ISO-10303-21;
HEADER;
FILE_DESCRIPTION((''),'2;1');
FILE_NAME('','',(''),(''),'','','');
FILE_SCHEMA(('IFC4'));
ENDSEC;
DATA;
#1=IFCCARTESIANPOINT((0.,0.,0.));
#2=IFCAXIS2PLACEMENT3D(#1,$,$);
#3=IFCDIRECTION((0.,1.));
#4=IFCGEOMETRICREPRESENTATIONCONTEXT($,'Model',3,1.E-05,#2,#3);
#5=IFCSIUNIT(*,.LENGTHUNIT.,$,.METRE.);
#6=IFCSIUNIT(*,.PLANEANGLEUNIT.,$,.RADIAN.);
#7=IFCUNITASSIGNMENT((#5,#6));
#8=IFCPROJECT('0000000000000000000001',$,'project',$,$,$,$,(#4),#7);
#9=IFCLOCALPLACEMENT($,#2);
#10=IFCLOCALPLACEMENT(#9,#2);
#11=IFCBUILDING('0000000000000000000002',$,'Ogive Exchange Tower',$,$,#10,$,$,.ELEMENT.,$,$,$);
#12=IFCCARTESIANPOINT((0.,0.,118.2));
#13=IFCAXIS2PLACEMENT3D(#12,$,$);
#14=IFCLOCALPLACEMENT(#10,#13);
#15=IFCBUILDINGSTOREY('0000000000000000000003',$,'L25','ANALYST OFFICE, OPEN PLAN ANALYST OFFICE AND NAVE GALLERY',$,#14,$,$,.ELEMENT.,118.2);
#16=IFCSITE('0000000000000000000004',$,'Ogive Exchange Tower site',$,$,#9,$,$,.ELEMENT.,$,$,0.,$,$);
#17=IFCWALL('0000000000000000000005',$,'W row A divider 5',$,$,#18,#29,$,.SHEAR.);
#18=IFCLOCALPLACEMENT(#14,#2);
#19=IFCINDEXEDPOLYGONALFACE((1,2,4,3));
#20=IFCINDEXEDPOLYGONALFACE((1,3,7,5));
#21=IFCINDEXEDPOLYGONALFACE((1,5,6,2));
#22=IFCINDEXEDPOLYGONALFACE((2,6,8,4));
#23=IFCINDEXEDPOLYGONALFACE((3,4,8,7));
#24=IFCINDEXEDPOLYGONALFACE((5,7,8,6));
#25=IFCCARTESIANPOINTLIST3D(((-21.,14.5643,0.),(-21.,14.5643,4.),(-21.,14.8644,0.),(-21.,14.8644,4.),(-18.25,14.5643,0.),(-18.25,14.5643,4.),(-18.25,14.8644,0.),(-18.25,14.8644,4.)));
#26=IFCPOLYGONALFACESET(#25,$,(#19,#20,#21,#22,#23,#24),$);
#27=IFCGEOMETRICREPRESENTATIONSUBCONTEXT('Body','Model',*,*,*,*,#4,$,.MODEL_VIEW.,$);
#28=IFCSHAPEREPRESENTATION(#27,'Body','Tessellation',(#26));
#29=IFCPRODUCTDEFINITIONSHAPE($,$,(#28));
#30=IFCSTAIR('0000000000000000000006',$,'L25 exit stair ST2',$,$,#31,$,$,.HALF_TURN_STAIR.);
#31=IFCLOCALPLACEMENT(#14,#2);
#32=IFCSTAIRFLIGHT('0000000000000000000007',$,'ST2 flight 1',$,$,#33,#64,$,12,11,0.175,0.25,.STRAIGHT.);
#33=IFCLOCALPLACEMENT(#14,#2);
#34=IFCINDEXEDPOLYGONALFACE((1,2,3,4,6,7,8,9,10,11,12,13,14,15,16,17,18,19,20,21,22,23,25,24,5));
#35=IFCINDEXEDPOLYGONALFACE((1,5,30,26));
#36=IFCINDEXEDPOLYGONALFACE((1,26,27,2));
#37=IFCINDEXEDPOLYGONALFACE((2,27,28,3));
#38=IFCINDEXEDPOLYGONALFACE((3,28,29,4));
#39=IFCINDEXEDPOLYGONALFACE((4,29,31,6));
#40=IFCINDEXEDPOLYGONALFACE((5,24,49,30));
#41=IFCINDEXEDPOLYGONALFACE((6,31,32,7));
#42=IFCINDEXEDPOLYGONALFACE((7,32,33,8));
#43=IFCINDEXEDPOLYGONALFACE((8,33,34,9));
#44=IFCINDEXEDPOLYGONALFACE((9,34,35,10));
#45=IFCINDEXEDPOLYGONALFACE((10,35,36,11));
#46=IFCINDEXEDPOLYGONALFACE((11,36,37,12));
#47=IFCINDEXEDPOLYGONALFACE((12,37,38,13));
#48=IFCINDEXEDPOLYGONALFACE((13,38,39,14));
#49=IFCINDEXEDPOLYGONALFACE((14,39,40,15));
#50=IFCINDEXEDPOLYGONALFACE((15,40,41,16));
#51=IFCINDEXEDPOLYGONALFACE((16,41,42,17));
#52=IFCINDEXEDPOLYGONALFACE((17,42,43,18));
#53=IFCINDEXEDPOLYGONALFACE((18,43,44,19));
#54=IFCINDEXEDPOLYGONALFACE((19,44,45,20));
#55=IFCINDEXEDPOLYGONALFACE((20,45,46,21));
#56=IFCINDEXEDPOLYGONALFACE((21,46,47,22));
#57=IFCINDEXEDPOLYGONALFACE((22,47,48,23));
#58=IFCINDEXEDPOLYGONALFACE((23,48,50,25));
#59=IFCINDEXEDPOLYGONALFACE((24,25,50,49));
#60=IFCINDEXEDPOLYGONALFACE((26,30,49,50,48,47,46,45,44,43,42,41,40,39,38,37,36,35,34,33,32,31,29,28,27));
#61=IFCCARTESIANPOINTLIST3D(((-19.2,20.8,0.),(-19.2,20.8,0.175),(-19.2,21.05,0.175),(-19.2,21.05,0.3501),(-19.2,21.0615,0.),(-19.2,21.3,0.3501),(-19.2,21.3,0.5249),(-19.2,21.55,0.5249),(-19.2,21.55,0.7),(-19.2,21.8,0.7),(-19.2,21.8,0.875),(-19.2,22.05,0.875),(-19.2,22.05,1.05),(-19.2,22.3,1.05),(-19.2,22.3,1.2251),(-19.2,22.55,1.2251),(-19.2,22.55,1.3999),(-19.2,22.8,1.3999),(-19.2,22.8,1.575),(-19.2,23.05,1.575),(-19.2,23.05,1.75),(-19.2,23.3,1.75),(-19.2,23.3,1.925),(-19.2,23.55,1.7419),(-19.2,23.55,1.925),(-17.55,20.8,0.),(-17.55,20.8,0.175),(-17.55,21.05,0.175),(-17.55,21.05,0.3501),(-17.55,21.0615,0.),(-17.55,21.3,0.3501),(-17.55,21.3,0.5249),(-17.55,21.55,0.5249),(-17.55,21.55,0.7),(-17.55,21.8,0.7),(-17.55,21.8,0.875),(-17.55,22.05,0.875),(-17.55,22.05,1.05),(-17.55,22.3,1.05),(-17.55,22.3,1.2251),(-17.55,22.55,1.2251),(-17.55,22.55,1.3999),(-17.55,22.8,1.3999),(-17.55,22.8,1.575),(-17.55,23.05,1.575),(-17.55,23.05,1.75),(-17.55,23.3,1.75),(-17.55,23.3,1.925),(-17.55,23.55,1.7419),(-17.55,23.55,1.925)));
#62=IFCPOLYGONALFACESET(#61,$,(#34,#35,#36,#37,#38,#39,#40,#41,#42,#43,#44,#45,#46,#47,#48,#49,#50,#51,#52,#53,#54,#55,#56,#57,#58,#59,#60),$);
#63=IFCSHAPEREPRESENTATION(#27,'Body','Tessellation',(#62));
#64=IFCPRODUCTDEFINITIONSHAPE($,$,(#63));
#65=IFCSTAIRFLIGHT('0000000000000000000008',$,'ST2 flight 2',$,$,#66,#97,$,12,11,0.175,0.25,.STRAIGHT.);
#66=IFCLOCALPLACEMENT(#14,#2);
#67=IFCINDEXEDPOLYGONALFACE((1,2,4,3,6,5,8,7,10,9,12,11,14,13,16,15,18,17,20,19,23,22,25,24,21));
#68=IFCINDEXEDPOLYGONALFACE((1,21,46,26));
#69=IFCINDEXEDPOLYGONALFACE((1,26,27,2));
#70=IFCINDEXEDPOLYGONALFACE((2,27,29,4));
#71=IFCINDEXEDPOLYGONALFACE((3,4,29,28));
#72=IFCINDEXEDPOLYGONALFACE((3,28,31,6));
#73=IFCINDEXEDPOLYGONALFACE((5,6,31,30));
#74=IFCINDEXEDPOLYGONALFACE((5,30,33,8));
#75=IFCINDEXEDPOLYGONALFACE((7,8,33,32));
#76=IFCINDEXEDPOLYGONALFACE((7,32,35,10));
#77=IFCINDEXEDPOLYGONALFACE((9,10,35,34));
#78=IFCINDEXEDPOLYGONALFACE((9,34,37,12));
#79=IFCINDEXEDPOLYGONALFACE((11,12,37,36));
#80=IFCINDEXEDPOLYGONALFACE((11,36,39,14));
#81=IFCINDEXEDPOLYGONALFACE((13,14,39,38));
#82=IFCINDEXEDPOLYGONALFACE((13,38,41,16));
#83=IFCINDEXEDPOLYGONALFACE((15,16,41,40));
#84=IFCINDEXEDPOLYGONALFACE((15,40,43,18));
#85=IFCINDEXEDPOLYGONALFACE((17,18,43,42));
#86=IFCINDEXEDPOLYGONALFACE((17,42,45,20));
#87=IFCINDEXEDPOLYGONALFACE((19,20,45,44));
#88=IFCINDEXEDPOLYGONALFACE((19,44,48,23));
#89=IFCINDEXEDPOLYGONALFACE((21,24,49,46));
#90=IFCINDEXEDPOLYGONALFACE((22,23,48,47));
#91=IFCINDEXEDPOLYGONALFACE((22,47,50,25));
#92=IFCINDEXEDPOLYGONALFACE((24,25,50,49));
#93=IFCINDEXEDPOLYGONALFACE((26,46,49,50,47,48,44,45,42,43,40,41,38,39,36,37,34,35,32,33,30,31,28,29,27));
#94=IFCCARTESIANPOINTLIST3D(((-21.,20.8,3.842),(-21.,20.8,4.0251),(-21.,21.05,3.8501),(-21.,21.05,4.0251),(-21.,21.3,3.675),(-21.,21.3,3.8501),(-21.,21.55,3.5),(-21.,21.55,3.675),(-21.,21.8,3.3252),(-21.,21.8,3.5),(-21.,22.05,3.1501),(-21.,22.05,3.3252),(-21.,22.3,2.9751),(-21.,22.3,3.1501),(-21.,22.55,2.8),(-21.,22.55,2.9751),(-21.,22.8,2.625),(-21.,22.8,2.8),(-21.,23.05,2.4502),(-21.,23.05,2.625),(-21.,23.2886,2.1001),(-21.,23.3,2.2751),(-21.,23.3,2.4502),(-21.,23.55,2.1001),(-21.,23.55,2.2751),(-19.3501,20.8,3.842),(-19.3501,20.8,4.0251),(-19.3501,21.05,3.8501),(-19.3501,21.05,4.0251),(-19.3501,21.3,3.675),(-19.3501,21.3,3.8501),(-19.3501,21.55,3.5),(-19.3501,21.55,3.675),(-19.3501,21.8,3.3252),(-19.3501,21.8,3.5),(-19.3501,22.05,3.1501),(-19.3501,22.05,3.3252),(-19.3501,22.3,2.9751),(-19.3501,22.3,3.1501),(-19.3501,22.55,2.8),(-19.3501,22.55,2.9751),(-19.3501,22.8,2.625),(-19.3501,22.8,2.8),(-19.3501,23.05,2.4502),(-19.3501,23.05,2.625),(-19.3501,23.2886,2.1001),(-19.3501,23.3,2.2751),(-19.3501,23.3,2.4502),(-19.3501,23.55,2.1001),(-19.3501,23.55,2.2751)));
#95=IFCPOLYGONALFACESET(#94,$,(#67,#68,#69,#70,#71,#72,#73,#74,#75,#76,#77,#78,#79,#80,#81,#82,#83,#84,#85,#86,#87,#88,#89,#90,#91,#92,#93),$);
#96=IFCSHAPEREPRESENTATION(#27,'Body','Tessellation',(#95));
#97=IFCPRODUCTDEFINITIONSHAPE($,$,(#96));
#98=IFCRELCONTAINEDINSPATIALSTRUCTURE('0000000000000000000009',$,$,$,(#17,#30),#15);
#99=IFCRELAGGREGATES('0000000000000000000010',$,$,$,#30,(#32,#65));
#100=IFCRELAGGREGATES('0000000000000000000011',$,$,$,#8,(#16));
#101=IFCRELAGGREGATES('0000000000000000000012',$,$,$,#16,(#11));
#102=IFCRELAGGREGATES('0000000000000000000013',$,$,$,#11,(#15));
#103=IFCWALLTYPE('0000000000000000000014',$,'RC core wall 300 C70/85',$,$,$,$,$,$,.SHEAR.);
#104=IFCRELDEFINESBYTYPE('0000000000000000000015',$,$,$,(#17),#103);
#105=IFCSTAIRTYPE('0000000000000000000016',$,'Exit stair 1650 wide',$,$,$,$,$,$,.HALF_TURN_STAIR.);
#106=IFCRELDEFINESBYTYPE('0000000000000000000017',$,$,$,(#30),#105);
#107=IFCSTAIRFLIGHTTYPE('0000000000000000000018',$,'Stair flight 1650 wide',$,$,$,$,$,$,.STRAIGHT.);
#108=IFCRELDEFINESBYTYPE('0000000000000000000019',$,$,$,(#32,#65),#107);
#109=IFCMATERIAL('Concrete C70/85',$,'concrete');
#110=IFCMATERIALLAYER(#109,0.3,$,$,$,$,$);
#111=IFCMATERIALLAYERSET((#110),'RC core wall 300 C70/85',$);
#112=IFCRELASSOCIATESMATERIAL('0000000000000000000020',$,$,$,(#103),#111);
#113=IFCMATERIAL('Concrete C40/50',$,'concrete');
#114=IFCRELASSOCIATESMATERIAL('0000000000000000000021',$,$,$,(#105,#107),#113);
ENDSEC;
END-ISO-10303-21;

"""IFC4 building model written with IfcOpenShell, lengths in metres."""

from ifc_helpers import new_model, si_unit, direction, frame, frame_2d, origin, place, context, subcontext, project, spatial, polyline, rectangle, outline, extrude, material, layer, layer_set, type_object, element, aggregate, save


model = new_model("IFC4")

# Units and contexts
model_context = context("Model", 3, precision=1e-05, world=origin(), true_north=direction((0.0, 1.0)))
body_context = subcontext(model_context, "Body", "Model", "MODEL_VIEW")
ifc_project = project(units=[si_unit("LENGTHUNIT", "METRE"), si_unit("PLANEANGLEUNIT", "RADIAN")], contexts=[model_context])

# Site, building, storey
site_placement = place(None, origin())
site = spatial("IfcSite", under=ifc_project, at=site_placement, Name="Ogive Exchange Tower site", CompositionType="ELEMENT", RefElevation=0.0)
building_placement = place(site_placement, origin())
building = spatial("IfcBuilding", under=site, at=building_placement, Name="Ogive Exchange Tower", CompositionType="ELEMENT")
storey_placement = place(building_placement, frame((0.0, 0.0, 118.2)))
storey = spatial("IfcBuildingStorey", under=building, at=storey_placement, Name="L25", Description="ANALYST OFFICE, OPEN PLAN ANALYST OFFICE AND NAVE GALLERY", CompositionType="ELEMENT", Elevation=118.2)

# Shared definitions
ifc_material_1 = material(Name="Concrete C70/85", Category="concrete")

# Wall
ifc_layer_1 = layer(ifc_material_1, 0.3)
ifc_layer_set_1 = layer_set([ifc_layer_1], Name="RC core wall 300 C70/85")
wall_type_1 = type_object("IfcWallType", Name="RC core wall 300 C70/85", PredefinedType="SHEAR", material=ifc_layer_set_1)
for number, where, z_axis, x_axis, name in (
    (1, (-21.0, 14.7144, 0.0), (0.0, 0.0, 1.0), (1.0, 0.0, 0.0), "W row A divider 5"),
):
    element("IfcWall", number, at=place(storey_placement, frame(where, z_axis=z_axis, x_axis=x_axis)), inside=storey, type_object=wall_type_1, Name=name, PredefinedType="SHEAR", context=body_context, shape_type="SweptSolid", body=[
        extrude(rectangle(XDim=2.75, YDim=0.3, at=frame_2d((1.375, 0.0))), origin(), (0.0, 0.0, 1.0), 4.0),
    ])

# Stair, stair flights
ifc_material_2 = material(Name="Concrete C40/50", Category="concrete")
stair_type = type_object("IfcStairType", Name="Exit stair 1650 wide", PredefinedType="HALF_TURN_STAIR", material=ifc_material_2)
stair_placement = place(storey_placement, origin())
stair = element("IfcStair", 2, at=stair_placement, inside=storey, type_object=stair_type, Name="L25 exit stair ST2", PredefinedType="HALF_TURN_STAIR")
stair_flight_type = type_object("IfcStairFlightType", Name="Stair flight 1650 wide", PredefinedType="STRAIGHT", material=ifc_material_2)
stair_flight_1_placement = place(storey_placement, frame((-18.375, 20.8, 0.0), z_axis=(0.0, 0.0, 1.0), x_axis=(0.0, 1.0, 0.0)))
stair_flight_1 = element("IfcStairFlight", 3, at=stair_flight_1_placement, type_object=stair_flight_type, Name="ST2 flight 1", NumberOfRisers=12, NumberOfTreads=11, PredefinedType="STRAIGHT", RiserHeight=0.175, TreadLength=0.25, context=body_context, shape_type="SweptSolid", body=[
    extrude(outline(polyline([(0.0, 0.0), (0.0, 0.175), (0.25, 0.175), (0.25, 0.3501), (0.5, 0.3501), (0.5, 0.5249), (0.75, 0.5249), (0.75, 0.7), (1.0, 0.7), (1.0, 0.875), (1.25, 0.875), (1.25, 1.05), (1.5, 1.05), (1.5, 1.2251), (1.75, 1.2251), (1.75, 1.3999), (2.0, 1.3999), (2.0, 1.575), (2.25, 1.575), (2.25, 1.75), (2.5, 1.75), (2.5, 1.925), (2.75, 1.925), (2.75, 2.1001), (2.75, 1.7419), (0.2615, 0.0), (0.0, 0.0)])), frame((0.0, 0.825, 0.0), z_axis=(0.0, -1.0, 0.0), x_axis=(1.0, 0.0, 0.0)), (0.0, 0.0, 1.0), 1.6499),
])
stair_flight_2_placement = place(storey_placement, frame((-20.175, 23.55, 2.1001), z_axis=(0.0, 0.0, 1.0), x_axis=(0.0, -1.0, 0.0)))
stair_flight_2 = element("IfcStairFlight", 4, at=stair_flight_2_placement, type_object=stair_flight_type, Name="ST2 flight 2", NumberOfRisers=12, NumberOfTreads=11, PredefinedType="STRAIGHT", RiserHeight=0.175, TreadLength=0.25, context=body_context, shape_type="SweptSolid", body=[
    extrude(outline(polyline([(0.0, 0.0), (0.0, 0.175), (0.25, 0.175), (0.25, 0.3501), (0.5, 0.3501), (0.5, 0.5249), (0.75, 0.5249), (0.75, 0.7), (1.0, 0.7), (1.0, 0.875), (1.25, 0.875), (1.25, 1.05), (1.5, 1.05), (1.5, 1.2251), (1.75, 1.2251), (1.75, 1.3999), (2.0, 1.3999), (2.0, 1.575), (2.25, 1.575), (2.25, 1.75), (2.5, 1.75), (2.5, 1.925), (2.75, 1.925), (2.75, 2.1001), (2.75, 1.7419), (0.2615, 0.0), (0.0, 0.0)])), frame((0.0, 0.825, 0.0), z_axis=(0.0, -1.0, 0.0), x_axis=(1.0, 0.0, 0.0)), (0.0, 0.0, 1.0), 1.6499),
])
aggregate(stair, [stair_flight_1, stair_flight_2])

save(model, "model.ifc")
